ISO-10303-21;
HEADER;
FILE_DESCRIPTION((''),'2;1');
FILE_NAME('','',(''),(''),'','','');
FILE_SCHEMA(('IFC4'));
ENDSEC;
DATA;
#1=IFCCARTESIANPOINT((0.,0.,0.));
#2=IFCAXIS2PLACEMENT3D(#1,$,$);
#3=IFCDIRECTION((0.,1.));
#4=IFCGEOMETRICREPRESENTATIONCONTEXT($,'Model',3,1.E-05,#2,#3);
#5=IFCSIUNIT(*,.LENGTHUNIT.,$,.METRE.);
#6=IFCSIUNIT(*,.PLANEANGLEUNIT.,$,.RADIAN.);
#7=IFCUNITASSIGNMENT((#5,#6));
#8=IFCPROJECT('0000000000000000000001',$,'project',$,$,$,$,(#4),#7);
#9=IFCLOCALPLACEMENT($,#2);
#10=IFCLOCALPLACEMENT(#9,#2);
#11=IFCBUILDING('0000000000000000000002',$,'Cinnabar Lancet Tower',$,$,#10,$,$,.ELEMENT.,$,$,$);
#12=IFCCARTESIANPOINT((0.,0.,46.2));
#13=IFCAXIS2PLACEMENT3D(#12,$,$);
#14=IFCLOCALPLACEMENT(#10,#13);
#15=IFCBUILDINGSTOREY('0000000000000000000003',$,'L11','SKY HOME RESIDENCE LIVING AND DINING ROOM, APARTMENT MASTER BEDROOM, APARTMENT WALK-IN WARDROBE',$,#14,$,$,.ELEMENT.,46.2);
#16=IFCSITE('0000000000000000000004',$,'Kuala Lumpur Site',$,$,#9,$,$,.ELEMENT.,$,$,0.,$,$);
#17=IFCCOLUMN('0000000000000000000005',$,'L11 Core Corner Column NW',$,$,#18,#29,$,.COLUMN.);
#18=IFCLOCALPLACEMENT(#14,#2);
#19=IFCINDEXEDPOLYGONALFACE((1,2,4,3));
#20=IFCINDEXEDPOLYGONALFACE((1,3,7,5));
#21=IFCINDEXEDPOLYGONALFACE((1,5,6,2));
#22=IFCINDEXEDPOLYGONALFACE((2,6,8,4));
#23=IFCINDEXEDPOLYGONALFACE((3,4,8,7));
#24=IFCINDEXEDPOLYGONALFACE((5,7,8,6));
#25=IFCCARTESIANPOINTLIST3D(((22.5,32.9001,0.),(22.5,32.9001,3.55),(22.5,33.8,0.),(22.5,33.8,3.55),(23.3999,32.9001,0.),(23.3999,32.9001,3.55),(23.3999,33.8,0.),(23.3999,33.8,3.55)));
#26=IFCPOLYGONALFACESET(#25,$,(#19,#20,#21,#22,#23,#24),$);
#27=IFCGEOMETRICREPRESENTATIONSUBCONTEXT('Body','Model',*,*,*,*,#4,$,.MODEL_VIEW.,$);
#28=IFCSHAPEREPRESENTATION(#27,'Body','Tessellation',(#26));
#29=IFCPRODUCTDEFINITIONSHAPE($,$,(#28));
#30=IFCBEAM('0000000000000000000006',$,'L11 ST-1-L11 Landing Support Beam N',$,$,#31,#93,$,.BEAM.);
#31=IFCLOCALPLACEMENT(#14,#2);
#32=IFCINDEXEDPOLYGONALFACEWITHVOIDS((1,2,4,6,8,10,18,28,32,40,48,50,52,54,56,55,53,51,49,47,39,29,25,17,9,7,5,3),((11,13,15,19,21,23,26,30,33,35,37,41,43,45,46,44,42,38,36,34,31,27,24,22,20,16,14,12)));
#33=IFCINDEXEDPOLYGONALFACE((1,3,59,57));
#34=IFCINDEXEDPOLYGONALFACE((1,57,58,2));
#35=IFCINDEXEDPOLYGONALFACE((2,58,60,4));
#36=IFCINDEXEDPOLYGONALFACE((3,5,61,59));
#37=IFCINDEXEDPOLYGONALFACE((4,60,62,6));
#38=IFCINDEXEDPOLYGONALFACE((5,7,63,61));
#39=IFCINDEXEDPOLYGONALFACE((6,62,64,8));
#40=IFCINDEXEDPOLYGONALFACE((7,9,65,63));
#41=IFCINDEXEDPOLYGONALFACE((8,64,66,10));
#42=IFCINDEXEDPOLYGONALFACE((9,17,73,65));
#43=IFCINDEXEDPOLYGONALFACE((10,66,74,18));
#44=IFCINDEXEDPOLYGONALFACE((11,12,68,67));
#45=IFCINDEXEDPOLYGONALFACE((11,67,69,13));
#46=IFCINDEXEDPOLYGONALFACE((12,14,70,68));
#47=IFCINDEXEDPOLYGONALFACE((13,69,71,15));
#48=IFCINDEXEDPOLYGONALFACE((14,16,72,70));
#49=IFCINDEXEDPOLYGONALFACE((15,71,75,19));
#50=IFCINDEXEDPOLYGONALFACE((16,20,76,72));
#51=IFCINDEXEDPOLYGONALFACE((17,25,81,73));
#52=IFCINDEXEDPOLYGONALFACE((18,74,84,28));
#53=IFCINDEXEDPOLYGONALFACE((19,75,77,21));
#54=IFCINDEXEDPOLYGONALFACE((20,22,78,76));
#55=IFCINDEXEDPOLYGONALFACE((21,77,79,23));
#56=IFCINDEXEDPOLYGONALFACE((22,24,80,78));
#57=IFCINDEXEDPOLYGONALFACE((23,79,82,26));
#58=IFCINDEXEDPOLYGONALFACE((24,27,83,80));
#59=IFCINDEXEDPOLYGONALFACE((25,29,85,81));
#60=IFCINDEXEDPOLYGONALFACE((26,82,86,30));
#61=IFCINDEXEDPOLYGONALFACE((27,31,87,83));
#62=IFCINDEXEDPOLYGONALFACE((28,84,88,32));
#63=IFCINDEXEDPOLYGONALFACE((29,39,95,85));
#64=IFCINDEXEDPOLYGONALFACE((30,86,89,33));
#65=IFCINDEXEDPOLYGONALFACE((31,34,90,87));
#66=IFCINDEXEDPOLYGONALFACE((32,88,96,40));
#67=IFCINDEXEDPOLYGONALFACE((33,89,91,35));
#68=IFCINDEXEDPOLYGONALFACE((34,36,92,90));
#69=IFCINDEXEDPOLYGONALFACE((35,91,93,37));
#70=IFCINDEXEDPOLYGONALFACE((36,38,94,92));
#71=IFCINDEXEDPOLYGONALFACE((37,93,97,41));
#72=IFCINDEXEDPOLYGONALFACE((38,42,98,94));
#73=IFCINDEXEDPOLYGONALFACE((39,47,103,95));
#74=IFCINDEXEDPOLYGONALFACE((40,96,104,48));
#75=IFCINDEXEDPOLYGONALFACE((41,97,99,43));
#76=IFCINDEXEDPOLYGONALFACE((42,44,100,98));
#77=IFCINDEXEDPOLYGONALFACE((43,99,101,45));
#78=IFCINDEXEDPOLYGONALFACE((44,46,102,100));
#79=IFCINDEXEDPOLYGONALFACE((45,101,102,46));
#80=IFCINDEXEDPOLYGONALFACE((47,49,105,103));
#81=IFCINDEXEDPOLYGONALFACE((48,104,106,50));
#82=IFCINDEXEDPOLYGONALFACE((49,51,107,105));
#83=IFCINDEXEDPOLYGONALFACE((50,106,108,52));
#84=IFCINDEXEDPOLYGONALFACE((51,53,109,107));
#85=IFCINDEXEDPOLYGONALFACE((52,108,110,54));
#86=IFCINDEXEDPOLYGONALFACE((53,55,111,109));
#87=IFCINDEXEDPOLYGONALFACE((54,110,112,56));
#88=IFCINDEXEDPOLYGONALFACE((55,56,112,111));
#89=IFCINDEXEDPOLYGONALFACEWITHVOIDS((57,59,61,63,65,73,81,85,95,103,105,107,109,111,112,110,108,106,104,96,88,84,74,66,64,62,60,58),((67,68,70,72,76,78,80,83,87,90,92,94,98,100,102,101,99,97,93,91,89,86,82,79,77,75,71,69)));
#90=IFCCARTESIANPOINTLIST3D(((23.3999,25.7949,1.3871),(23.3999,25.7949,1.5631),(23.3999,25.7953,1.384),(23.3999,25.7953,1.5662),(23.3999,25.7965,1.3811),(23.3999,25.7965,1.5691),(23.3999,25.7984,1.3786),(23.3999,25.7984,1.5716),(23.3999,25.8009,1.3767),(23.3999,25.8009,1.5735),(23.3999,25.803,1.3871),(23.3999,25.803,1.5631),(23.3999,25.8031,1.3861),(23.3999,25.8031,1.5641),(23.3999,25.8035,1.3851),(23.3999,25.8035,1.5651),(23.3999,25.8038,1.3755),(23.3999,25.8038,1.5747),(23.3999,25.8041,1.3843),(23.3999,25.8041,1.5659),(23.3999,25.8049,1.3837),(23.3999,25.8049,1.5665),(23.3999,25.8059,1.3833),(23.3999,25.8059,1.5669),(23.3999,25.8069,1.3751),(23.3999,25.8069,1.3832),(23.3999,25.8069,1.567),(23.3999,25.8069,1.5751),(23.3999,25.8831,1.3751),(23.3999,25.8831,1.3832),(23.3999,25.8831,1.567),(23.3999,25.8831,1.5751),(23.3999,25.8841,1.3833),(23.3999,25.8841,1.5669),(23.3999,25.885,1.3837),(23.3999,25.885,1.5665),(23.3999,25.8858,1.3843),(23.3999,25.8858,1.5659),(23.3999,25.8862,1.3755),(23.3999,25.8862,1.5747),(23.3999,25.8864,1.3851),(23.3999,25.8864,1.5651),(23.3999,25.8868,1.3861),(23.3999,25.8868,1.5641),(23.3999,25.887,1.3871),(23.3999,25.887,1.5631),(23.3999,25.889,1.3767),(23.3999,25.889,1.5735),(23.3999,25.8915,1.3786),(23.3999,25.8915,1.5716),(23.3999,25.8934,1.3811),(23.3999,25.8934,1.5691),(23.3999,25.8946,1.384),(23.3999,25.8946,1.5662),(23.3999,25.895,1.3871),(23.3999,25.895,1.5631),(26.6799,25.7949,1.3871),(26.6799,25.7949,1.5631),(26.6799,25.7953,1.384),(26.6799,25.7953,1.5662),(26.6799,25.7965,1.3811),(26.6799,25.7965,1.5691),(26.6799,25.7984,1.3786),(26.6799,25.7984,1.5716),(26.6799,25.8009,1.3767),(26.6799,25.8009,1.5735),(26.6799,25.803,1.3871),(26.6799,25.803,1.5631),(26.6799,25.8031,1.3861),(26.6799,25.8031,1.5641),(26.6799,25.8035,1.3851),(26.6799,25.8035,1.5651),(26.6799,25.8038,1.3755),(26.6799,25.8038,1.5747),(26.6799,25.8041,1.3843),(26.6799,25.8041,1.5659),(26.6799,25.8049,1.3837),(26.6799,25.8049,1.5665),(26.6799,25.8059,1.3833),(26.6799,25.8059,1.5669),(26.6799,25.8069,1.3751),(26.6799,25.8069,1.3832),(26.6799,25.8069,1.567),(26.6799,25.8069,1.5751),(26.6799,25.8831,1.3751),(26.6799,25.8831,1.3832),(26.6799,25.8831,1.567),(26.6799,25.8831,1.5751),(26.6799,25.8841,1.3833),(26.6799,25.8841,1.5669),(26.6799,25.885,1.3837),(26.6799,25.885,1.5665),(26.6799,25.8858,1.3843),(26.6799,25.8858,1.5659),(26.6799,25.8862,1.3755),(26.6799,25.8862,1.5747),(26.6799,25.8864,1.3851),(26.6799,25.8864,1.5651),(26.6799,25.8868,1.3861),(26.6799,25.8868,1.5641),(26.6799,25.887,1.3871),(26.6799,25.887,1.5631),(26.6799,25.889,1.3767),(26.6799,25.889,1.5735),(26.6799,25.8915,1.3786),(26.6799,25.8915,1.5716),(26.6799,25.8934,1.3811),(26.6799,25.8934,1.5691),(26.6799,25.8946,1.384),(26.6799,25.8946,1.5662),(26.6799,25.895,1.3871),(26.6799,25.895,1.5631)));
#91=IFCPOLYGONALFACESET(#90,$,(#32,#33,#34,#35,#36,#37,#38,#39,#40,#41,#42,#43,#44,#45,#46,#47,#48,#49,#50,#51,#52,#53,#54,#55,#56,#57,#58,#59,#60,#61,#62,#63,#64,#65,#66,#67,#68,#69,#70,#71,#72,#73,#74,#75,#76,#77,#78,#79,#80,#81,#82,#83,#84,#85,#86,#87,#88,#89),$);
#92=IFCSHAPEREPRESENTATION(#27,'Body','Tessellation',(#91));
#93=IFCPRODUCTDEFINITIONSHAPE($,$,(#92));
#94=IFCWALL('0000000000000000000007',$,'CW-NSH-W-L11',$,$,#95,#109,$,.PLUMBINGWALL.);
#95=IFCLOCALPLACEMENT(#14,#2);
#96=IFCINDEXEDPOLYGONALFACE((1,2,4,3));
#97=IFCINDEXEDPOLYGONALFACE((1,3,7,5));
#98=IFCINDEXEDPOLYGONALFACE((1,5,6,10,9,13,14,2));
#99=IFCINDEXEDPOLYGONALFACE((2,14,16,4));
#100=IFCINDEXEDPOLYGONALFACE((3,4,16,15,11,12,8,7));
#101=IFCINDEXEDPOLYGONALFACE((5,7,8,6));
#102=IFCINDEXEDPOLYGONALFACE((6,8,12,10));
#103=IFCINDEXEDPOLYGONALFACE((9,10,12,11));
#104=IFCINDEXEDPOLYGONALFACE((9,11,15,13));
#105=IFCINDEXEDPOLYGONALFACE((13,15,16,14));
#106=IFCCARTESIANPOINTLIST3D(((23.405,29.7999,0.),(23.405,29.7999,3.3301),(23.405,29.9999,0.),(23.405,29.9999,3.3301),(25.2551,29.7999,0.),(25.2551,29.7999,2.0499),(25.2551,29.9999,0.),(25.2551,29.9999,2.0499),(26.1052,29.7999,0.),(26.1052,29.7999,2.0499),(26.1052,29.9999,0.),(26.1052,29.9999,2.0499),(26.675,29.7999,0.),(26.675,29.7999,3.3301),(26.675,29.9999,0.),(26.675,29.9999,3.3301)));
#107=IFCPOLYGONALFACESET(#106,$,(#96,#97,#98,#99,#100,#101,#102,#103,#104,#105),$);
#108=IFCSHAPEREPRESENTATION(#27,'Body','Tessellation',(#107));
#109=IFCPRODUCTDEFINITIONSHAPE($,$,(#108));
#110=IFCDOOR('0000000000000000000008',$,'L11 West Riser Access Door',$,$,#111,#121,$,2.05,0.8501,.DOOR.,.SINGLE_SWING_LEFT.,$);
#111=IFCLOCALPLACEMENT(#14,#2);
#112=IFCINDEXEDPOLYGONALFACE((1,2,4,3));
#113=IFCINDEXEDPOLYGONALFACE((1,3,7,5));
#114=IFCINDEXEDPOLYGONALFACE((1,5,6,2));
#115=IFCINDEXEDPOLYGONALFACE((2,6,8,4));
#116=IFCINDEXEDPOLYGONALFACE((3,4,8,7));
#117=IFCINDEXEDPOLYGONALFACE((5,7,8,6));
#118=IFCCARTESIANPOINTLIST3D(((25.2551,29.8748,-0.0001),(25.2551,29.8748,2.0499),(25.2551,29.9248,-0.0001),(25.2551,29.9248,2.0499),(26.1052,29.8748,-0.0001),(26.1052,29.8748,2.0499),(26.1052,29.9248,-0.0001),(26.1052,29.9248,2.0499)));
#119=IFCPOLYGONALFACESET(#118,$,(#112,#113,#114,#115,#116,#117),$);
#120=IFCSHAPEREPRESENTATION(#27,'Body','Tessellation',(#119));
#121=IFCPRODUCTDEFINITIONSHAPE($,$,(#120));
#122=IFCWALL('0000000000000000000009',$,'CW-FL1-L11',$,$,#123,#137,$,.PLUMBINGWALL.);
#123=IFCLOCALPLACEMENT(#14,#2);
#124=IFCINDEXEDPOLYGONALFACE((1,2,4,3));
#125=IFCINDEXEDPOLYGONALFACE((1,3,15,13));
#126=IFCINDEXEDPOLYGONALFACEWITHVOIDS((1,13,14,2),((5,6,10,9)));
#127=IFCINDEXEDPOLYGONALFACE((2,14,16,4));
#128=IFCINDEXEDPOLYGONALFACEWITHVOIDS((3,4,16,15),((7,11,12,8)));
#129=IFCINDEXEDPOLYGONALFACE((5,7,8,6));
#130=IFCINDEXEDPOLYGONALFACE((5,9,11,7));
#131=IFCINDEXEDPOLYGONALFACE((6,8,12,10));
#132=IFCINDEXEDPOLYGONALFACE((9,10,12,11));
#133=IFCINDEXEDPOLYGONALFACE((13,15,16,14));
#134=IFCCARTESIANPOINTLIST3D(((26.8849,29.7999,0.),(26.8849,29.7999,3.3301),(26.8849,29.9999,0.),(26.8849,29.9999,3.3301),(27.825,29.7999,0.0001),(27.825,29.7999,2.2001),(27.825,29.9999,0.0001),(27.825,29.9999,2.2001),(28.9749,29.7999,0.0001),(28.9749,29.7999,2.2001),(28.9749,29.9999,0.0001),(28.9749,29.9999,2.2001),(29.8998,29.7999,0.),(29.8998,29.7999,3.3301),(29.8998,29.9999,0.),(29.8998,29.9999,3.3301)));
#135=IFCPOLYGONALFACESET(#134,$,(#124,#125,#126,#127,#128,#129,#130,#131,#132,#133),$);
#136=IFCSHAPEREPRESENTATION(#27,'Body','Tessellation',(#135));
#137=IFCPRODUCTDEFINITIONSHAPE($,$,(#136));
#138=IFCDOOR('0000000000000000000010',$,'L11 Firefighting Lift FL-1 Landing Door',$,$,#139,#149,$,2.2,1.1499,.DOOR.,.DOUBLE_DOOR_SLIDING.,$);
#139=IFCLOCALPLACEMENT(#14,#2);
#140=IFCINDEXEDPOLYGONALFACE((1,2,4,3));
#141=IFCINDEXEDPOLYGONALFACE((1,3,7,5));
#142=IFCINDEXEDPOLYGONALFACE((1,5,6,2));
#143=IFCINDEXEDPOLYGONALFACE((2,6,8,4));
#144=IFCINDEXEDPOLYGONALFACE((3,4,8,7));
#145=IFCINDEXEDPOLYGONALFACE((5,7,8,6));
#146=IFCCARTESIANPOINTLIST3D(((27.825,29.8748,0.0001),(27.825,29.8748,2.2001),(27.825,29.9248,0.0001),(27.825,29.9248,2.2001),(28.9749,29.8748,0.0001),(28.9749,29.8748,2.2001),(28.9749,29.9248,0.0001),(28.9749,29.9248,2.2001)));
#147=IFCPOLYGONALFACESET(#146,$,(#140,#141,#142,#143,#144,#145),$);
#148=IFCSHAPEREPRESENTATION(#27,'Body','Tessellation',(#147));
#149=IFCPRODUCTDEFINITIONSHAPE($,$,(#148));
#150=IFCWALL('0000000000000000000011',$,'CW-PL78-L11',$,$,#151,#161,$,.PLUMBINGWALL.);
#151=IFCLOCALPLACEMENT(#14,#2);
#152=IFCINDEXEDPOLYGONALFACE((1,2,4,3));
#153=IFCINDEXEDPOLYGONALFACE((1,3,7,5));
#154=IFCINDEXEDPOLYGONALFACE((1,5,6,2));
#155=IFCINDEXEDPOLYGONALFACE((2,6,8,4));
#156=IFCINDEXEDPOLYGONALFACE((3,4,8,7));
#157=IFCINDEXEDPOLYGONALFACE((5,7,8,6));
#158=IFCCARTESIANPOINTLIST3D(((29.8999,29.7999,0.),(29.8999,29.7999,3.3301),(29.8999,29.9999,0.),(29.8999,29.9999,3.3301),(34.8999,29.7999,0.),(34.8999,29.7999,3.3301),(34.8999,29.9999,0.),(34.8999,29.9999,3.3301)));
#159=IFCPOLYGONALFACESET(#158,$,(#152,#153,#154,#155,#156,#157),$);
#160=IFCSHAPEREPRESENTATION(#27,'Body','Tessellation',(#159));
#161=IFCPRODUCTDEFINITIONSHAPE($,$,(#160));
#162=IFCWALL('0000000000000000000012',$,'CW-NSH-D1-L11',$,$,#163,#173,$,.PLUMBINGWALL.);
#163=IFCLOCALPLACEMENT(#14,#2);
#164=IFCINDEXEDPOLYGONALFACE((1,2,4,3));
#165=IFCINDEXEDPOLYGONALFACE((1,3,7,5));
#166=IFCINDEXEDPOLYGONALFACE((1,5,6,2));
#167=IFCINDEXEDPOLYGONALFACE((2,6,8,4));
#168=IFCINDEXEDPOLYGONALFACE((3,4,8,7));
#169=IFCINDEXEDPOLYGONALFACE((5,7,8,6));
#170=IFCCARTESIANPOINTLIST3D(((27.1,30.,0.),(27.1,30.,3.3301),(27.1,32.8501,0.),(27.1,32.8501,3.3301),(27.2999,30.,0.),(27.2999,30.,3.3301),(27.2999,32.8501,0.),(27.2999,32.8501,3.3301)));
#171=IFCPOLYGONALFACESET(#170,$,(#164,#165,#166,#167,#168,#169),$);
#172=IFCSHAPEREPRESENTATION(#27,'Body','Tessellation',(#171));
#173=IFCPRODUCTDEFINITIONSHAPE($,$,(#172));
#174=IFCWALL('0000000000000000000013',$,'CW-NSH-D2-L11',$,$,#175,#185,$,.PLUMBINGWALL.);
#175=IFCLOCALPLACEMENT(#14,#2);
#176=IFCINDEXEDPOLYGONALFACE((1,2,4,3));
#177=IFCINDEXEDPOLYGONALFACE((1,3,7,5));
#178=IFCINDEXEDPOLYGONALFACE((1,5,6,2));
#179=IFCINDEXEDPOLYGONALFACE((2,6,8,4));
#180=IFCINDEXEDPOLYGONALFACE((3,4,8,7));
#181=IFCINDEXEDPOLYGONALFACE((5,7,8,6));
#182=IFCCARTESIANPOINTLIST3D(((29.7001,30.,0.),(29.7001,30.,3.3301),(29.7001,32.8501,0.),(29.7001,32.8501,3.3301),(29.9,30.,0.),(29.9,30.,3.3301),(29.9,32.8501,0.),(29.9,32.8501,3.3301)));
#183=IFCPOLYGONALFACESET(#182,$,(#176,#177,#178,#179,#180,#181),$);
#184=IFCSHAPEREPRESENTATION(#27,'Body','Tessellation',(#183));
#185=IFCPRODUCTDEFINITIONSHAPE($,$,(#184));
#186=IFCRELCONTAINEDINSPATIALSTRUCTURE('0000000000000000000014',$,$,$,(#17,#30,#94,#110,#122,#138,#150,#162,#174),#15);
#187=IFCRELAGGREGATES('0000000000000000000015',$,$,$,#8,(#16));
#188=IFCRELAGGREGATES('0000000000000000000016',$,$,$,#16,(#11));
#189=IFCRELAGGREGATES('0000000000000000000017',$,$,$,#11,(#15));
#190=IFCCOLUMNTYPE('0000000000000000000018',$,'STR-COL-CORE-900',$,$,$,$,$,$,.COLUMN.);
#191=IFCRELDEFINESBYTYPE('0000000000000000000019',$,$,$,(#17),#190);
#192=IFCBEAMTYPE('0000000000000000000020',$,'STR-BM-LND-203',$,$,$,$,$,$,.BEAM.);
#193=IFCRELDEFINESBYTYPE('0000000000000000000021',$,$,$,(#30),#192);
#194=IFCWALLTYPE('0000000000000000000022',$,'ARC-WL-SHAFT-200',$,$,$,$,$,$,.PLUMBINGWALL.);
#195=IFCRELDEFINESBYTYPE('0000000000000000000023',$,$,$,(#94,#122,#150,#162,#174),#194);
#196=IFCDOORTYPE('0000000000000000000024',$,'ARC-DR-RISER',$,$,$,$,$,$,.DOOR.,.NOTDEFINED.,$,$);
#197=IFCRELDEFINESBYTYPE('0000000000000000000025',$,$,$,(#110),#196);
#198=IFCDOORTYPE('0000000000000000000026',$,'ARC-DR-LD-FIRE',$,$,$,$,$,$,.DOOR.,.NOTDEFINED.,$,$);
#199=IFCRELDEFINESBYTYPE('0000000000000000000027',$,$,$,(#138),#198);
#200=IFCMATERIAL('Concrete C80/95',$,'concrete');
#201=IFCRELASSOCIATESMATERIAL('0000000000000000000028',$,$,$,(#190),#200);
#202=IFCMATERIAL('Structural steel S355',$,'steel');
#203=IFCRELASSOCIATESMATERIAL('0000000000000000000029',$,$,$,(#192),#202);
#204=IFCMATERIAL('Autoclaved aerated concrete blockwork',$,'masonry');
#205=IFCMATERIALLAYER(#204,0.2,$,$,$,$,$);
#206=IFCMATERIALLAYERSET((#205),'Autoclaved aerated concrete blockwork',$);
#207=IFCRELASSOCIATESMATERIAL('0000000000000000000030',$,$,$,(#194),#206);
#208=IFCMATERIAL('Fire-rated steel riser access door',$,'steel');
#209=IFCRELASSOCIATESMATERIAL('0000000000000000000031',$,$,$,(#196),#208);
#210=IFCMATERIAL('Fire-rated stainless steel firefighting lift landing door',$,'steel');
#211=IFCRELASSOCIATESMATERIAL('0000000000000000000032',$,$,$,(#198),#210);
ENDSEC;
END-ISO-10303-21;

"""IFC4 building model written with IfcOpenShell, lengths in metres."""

from ifc_helpers import new_model, si_unit, direction, frame, frame_2d, origin, origin_2d, place, context, subcontext, project, spatial, rectangle, hollow_rectangle, extrude, material, layer, layer_set, material_profile, profile_set, type_object, element, fill, save


model = new_model("IFC4")

# Units and contexts
model_context = context("Model", 3, precision=1e-05, world=origin(), true_north=direction((0.0, 1.0)))
body_context = subcontext(model_context, "Body", "Model", "MODEL_VIEW")
ifc_project = project(units=[si_unit("LENGTHUNIT", "METRE"), si_unit("PLANEANGLEUNIT", "RADIAN")], contexts=[model_context])

# Site, building, storey
site_placement = place(None, origin())
site = spatial("IfcSite", under=ifc_project, at=site_placement, Name="Kuala Lumpur Site", CompositionType="ELEMENT", RefElevation=0.0)
building_placement = place(site_placement, origin())
building = spatial("IfcBuilding", under=site, at=building_placement, Name="Cinnabar Lancet Tower", CompositionType="ELEMENT")
storey_placement = place(building_placement, frame((0.0, 0.0, 46.2)))
storey = spatial("IfcBuildingStorey", under=building, at=storey_placement, Name="L11", Description="SKY HOME RESIDENCE LIVING AND DINING ROOM, APARTMENT MASTER BEDROOM, APARTMENT WALK-IN WARDROBE", CompositionType="ELEMENT", Elevation=46.2)

# Column
ifc_material_1 = material(Name="Concrete C80/95", Category="concrete")
ifc_material_profile_1 = material_profile(ifc_material_1, rectangle(XDim=0.8999, YDim=0.8999, at=origin_2d()), Name="RC-COL 900x900")
ifc_profile_set_1 = profile_set([ifc_material_profile_1], Name="Concrete C80/95")
column_type = type_object("IfcColumnType", Name="STR-COL-CORE-900", PredefinedType="COLUMN", material=ifc_profile_set_1)
column_placement = place(storey_placement, frame((22.95, 33.3501, 0.0), z_axis=(0.0, 0.0, 1.0), x_axis=(1.0, 0.0, 0.0)))
element("IfcColumn", 1, at=column_placement, inside=storey, type_object=column_type, Name="L11 Core Corner Column NW", PredefinedType="COLUMN", context=body_context, shape_type="SweptSolid", body=[
    extrude(rectangle(XDim=0.8999, YDim=0.8999, at=origin_2d()), origin(), (0.0, 0.0, 1.0), 3.55),
])

# Beam
ifc_material_2 = material(Name="Structural steel S355", Category="steel")
ifc_material_profile_2 = material_profile(ifc_material_2, hollow_rectangle(XDim=0.1001, YDim=0.2, WallThickness=0.0081, InnerFilletRadius=0.0039, OuterFilletRadius=0.012, at=origin_2d()), Name="RHS 200x100x8")
ifc_profile_set_2 = profile_set([ifc_material_profile_2], Name="Structural steel S355")
beam_type = type_object("IfcBeamType", Name="STR-BM-LND-203", PredefinedType="BEAM", material=ifc_profile_set_2)
beam_placement = place(storey_placement, frame((23.3999, 25.845, 1.4751), z_axis=(1.0, 0.0, 0.0), x_axis=(0.0, 1.0, 0.0)))
element("IfcBeam", 2, at=beam_placement, inside=storey, type_object=beam_type, Name="L11 ST-1-L11 Landing Support Beam N", PredefinedType="BEAM", context=body_context, shape_type="SweptSolid", body=[
    extrude(hollow_rectangle(XDim=0.1001, YDim=0.2, WallThickness=0.0081, InnerFilletRadius=0.0039, OuterFilletRadius=0.012, at=origin_2d()), origin(), (0.0, 0.0, 1.0), 3.28),
])

# Walls, openings, doors
ifc_material_3 = material(Name="Autoclaved aerated concrete blockwork", Category="masonry")
ifc_layer_1 = layer(ifc_material_3, 0.2)
ifc_layer_set_1 = layer_set([ifc_layer_1], Name="Autoclaved aerated concrete blockwork")
wall_type_1 = type_object("IfcWallType", Name="ARC-WL-SHAFT-200", PredefinedType="PLUMBINGWALL", material=ifc_layer_set_1)
wall_1_placement = place(storey_placement, frame((23.405, 29.8999, 0.0), z_axis=(0.0, 0.0, 1.0), x_axis=(1.0, 0.0, 0.0)))
wall_1 = element("IfcWall", 3, at=wall_1_placement, inside=storey, type_object=wall_type_1, Name="CW-NSH-W-L11", PredefinedType="PLUMBINGWALL", context=body_context, shape_type="SweptSolid", body=[
    extrude(rectangle(XDim=3.27, YDim=0.2, at=frame_2d((1.635, 0.0))), origin(), (0.0, 0.0, 1.0), 3.3301),
])
opening_1_placement = place(wall_1_placement, frame((1.8501, 0.0, 0.0)))
opening_1 = element("IfcOpeningElement", 4, at=opening_1_placement, cuts=wall_1, PredefinedType="OPENING", context=body_context, shape_type="SweptSolid", body=[
    extrude(rectangle(XDim=0.8501, YDim=2.05, at=frame_2d((0.425, 1.0249))), frame((0.0, 0.1099, 0.0), z_axis=(0.0, -1.0, 0.0), x_axis=(1.0, 0.0, 0.0)), (0.0, 0.0, 1.0), 0.22),
])
ifc_material_4 = material(Name="Fire-rated steel riser access door", Category="steel")
door_type_1 = type_object("IfcDoorType", Name="ARC-DR-RISER", OperationType="NOTDEFINED", PredefinedType="DOOR", material=ifc_material_4)
door_1_placement = place(opening_1_placement, origin())
door_1 = element("IfcDoor", 5, at=door_1_placement, inside=storey, type_object=door_type_1, Name="L11 West Riser Access Door", OperationType="SINGLE_SWING_LEFT", OverallHeight=2.05, OverallWidth=0.8501, PredefinedType="DOOR", context=body_context, shape_type="SweptSolid", body=[
    extrude(rectangle(XDim=0.8501, YDim=2.05, at=frame_2d((0.425, 1.0249))), frame((0.0, 0.0249, 0.0), z_axis=(0.0, -1.0, 0.0), x_axis=(1.0, 0.0, 0.0)), (0.0, 0.0, 1.0), 0.05),
])
fill(opening_1, door_1)
wall_2_placement = place(storey_placement, frame((26.885, 29.8999, 0.0), z_axis=(0.0, 0.0, 1.0), x_axis=(1.0, 0.0, 0.0)))
wall_2 = element("IfcWall", 6, at=wall_2_placement, inside=storey, type_object=wall_type_1, Name="CW-FL1-L11", PredefinedType="PLUMBINGWALL", context=body_context, shape_type="SweptSolid", body=[
    extrude(rectangle(XDim=3.0149, YDim=0.2, at=frame_2d((1.5073, 0.0))), origin(), (0.0, 0.0, 1.0), 3.3301),
])
opening_2_placement = place(wall_2_placement, frame((0.9399, 0.0, 0.0)))
opening_2 = element("IfcOpeningElement", 7, at=opening_2_placement, cuts=wall_2, PredefinedType="OPENING", context=body_context, shape_type="SweptSolid", body=[
    extrude(rectangle(XDim=1.1499, YDim=2.2, at=frame_2d((0.575, 1.1001))), frame((0.0, 0.1099, 0.0), z_axis=(0.0, -1.0, 0.0), x_axis=(1.0, 0.0, 0.0)), (0.0, 0.0, 1.0), 0.22),
])
ifc_material_5 = material(Name="Fire-rated stainless steel firefighting lift landing door", Category="steel")
door_type_2 = type_object("IfcDoorType", Name="ARC-DR-LD-FIRE", OperationType="NOTDEFINED", PredefinedType="DOOR", material=ifc_material_5)
door_2_placement = place(opening_2_placement, origin())
door_2 = element("IfcDoor", 8, at=door_2_placement, inside=storey, type_object=door_type_2, Name="L11 Firefighting Lift FL-1 Landing Door", OperationType="DOUBLE_DOOR_SLIDING", OverallHeight=2.2, OverallWidth=1.1499, PredefinedType="DOOR", context=body_context, shape_type="SweptSolid", body=[
    extrude(rectangle(XDim=1.1499, YDim=2.2, at=frame_2d((0.575, 1.1001))), frame((0.0, 0.0249, 0.0), z_axis=(0.0, -1.0, 0.0), x_axis=(1.0, 0.0, 0.0)), (0.0, 0.0, 1.0), 0.05),
])
fill(opening_2, door_2)

# Walls
wall_3_placement = place(storey_placement, frame((29.8999, 29.8999, 0.0), z_axis=(0.0, 0.0, 1.0), x_axis=(1.0, 0.0, 0.0)))
element("IfcWall", 9, at=wall_3_placement, inside=storey, type_object=wall_type_1, Name="CW-PL78-L11", PredefinedType="PLUMBINGWALL", context=body_context, shape_type="SweptSolid", body=[
    extrude(rectangle(XDim=5.0, YDim=0.2, at=frame_2d((2.5, 0.0))), origin(), (0.0, 0.0, 1.0), 3.3301),
])
for number, where, z_axis, x_axis, name in (
    (10, (27.2, 30.0, 0.0), (0.0, 0.0, 1.0), (0.0, 1.0, 0.0), "CW-NSH-D1-L11"),
    (11, (29.8, 30.0, 0.0), (0.0, 0.0, 1.0), (0.0, 1.0, 0.0), "CW-NSH-D2-L11"),
):
    element("IfcWall", number, at=place(storey_placement, frame(where, z_axis=z_axis, x_axis=x_axis)), inside=storey, type_object=wall_type_1, Name=name, PredefinedType="PLUMBINGWALL", context=body_context, shape_type="SweptSolid", body=[
        extrude(rectangle(XDim=2.8501, YDim=0.2, at=frame_2d((1.425, 0.0))), origin(), (0.0, 0.0, 1.0), 3.3301),
    ])

save(model, "model.ifc")
